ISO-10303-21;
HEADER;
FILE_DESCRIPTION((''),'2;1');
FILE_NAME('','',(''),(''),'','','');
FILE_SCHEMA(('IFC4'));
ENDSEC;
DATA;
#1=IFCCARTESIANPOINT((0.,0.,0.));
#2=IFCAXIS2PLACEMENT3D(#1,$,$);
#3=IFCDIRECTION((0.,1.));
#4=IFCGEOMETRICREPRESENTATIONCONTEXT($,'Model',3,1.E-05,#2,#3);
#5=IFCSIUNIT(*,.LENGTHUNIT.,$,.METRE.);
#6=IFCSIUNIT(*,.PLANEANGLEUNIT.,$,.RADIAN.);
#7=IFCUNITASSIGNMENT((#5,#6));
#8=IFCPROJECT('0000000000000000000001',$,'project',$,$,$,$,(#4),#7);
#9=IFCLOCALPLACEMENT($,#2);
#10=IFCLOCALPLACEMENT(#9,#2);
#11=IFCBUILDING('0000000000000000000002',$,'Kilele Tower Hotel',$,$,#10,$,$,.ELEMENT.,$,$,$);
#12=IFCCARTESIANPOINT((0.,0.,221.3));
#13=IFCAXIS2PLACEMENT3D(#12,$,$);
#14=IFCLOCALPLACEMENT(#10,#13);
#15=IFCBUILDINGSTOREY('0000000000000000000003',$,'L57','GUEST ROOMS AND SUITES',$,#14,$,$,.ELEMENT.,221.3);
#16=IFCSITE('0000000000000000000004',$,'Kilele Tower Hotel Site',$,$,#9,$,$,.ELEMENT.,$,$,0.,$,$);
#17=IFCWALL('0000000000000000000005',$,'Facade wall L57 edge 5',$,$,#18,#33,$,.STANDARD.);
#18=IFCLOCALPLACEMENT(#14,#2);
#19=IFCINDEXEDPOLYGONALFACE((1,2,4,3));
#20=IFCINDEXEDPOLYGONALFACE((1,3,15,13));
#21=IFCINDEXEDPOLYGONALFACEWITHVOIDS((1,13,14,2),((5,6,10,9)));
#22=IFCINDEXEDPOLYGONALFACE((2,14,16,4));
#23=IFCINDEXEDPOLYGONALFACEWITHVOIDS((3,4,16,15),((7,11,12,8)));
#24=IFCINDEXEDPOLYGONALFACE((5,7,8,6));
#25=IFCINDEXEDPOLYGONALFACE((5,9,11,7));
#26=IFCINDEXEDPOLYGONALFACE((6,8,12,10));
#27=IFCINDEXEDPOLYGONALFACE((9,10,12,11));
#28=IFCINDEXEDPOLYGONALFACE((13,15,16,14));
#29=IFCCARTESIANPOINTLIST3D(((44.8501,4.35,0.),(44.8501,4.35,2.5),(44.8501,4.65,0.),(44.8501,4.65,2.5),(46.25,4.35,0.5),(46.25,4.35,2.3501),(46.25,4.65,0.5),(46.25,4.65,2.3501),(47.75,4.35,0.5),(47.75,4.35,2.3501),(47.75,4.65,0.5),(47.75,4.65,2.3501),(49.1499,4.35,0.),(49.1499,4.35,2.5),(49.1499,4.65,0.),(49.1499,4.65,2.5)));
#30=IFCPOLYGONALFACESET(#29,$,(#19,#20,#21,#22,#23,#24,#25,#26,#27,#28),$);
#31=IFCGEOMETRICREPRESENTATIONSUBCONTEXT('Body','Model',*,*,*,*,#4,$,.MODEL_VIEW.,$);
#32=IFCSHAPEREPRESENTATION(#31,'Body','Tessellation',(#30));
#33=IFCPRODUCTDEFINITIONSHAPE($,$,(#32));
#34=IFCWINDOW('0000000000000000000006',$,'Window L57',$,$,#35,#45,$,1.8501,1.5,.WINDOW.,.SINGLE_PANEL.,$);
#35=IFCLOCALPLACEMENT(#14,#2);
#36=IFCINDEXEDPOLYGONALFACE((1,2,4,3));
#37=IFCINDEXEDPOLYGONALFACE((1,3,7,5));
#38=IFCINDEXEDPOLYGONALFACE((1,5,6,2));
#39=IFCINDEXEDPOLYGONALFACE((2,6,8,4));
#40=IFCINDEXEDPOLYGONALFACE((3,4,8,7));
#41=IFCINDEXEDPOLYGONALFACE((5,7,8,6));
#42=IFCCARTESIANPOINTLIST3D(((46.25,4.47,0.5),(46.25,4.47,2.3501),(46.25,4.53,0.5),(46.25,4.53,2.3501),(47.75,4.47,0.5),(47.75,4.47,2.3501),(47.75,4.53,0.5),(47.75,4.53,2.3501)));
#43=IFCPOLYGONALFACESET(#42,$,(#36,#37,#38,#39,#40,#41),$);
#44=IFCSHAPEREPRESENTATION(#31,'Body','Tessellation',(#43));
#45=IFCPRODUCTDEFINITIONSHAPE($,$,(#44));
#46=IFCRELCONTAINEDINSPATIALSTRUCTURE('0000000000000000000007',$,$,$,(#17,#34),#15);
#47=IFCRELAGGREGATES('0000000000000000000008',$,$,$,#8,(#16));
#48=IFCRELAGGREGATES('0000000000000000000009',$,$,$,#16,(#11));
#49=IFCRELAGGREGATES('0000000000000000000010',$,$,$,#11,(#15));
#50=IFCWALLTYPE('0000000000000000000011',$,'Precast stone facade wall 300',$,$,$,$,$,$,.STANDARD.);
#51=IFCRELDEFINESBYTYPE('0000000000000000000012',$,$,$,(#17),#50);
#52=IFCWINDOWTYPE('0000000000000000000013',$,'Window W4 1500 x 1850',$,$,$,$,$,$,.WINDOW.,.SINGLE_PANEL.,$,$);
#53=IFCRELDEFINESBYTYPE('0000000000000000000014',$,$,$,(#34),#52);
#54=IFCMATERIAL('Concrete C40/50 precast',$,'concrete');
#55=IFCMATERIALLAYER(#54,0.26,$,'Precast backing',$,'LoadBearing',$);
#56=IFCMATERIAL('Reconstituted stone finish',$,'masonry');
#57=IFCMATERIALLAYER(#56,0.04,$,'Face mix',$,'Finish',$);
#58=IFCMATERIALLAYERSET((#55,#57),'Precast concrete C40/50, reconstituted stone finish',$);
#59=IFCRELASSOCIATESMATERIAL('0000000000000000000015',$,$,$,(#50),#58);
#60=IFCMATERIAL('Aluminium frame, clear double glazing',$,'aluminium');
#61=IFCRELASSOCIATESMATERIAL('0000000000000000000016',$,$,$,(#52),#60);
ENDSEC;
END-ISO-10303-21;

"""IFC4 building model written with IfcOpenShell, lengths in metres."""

from ifc_helpers import new_model, si_unit, direction, frame, frame_2d, origin, place, context, subcontext, project, spatial, rectangle, extrude, material, layer, layer_set, type_object, element, fill, save


model = new_model("IFC4")

# Units and contexts
model_context = context("Model", 3, precision=1e-05, world=origin(), true_north=direction((0.0, 1.0)))
body_context = subcontext(model_context, "Body", "Model", "MODEL_VIEW")
ifc_project = project(units=[si_unit("LENGTHUNIT", "METRE"), si_unit("PLANEANGLEUNIT", "RADIAN")], contexts=[model_context])

# Site, building, storey
site_placement = place(None, origin())
site = spatial("IfcSite", under=ifc_project, at=site_placement, Name="Kilele Tower Hotel Site", CompositionType="ELEMENT", RefElevation=0.0)
building_placement = place(site_placement, origin())
building = spatial("IfcBuilding", under=site, at=building_placement, Name="Kilele Tower Hotel", CompositionType="ELEMENT")
storey_placement = place(building_placement, frame((0.0, 0.0, 221.3)))
storey = spatial("IfcBuildingStorey", under=building, at=storey_placement, Name="L57", Description="GUEST ROOMS AND SUITES", CompositionType="ELEMENT", Elevation=221.3)

# Wall, opening, window
ifc_material_1 = material(Name="Concrete C40/50 precast", Category="concrete")
ifc_layer_1 = layer(ifc_material_1, 0.26, Name="Precast backing", Category="LoadBearing")
ifc_material_2 = material(Name="Reconstituted stone finish", Category="masonry")
ifc_layer_2 = layer(ifc_material_2, 0.04, Name="Face mix", Category="Finish")
ifc_layer_set_1 = layer_set([ifc_layer_1, ifc_layer_2], Name="Precast concrete C40/50, reconstituted stone finish")
wall_type_1 = type_object("IfcWallType", Name="Precast stone facade wall 300", PredefinedType="STANDARD", material=ifc_layer_set_1)
wall_1_placement = place(storey_placement, frame((44.8501, 4.5, 0.0), z_axis=(0.0, 0.0, 1.0), x_axis=(1.0, 0.0, 0.0)))
wall_1 = element("IfcWall", 1, at=wall_1_placement, inside=storey, type_object=wall_type_1, Name="Facade wall L57 edge 5", PredefinedType="STANDARD", context=body_context, shape_type="SweptSolid", body=[
    extrude(rectangle(XDim=4.2998, YDim=0.3, at=frame_2d((2.1499, 0.0))), origin(), (0.0, 0.0, 1.0), 2.5),
])
opening_1_placement = place(wall_1_placement, frame((1.3999, 0.0, 0.5)))
opening_1 = element("IfcOpeningElement", 2, at=opening_1_placement, cuts=wall_1, PredefinedType="OPENING", context=body_context, shape_type="SweptSolid", body=[
    extrude(rectangle(XDim=1.5, YDim=1.8501, at=frame_2d((0.75, 0.925))), frame((0.0, 0.1599, 0.0), z_axis=(0.0, -1.0, 0.0), x_axis=(1.0, 0.0, 0.0)), (0.0, 0.0, 1.0), 0.3201),
])
ifc_material_3 = material(Name="Aluminium frame, clear double glazing", Category="aluminium")
window_type_1 = type_object("IfcWindowType", Name="Window W4 1500 x 1850", PartitioningType="SINGLE_PANEL", PredefinedType="WINDOW", material=ifc_material_3)
window_1_placement = place(opening_1_placement, origin())
window_1 = element("IfcWindow", 3, at=window_1_placement, inside=storey, type_object=window_type_1, Name="Window L57", OverallHeight=1.8501, OverallWidth=1.5, PartitioningType="SINGLE_PANEL", PredefinedType="WINDOW", context=body_context, shape_type="SweptSolid", body=[
    extrude(rectangle(XDim=1.5, YDim=1.8501, at=frame_2d((0.75, 0.925))), frame((0.0, 0.03, 0.0), z_axis=(0.0, -1.0, 0.0), x_axis=(1.0, 0.0, 0.0)), (0.0, 0.0, 1.0), 0.0601),
])
fill(opening_1, window_1)

save(model, "model.ifc")
